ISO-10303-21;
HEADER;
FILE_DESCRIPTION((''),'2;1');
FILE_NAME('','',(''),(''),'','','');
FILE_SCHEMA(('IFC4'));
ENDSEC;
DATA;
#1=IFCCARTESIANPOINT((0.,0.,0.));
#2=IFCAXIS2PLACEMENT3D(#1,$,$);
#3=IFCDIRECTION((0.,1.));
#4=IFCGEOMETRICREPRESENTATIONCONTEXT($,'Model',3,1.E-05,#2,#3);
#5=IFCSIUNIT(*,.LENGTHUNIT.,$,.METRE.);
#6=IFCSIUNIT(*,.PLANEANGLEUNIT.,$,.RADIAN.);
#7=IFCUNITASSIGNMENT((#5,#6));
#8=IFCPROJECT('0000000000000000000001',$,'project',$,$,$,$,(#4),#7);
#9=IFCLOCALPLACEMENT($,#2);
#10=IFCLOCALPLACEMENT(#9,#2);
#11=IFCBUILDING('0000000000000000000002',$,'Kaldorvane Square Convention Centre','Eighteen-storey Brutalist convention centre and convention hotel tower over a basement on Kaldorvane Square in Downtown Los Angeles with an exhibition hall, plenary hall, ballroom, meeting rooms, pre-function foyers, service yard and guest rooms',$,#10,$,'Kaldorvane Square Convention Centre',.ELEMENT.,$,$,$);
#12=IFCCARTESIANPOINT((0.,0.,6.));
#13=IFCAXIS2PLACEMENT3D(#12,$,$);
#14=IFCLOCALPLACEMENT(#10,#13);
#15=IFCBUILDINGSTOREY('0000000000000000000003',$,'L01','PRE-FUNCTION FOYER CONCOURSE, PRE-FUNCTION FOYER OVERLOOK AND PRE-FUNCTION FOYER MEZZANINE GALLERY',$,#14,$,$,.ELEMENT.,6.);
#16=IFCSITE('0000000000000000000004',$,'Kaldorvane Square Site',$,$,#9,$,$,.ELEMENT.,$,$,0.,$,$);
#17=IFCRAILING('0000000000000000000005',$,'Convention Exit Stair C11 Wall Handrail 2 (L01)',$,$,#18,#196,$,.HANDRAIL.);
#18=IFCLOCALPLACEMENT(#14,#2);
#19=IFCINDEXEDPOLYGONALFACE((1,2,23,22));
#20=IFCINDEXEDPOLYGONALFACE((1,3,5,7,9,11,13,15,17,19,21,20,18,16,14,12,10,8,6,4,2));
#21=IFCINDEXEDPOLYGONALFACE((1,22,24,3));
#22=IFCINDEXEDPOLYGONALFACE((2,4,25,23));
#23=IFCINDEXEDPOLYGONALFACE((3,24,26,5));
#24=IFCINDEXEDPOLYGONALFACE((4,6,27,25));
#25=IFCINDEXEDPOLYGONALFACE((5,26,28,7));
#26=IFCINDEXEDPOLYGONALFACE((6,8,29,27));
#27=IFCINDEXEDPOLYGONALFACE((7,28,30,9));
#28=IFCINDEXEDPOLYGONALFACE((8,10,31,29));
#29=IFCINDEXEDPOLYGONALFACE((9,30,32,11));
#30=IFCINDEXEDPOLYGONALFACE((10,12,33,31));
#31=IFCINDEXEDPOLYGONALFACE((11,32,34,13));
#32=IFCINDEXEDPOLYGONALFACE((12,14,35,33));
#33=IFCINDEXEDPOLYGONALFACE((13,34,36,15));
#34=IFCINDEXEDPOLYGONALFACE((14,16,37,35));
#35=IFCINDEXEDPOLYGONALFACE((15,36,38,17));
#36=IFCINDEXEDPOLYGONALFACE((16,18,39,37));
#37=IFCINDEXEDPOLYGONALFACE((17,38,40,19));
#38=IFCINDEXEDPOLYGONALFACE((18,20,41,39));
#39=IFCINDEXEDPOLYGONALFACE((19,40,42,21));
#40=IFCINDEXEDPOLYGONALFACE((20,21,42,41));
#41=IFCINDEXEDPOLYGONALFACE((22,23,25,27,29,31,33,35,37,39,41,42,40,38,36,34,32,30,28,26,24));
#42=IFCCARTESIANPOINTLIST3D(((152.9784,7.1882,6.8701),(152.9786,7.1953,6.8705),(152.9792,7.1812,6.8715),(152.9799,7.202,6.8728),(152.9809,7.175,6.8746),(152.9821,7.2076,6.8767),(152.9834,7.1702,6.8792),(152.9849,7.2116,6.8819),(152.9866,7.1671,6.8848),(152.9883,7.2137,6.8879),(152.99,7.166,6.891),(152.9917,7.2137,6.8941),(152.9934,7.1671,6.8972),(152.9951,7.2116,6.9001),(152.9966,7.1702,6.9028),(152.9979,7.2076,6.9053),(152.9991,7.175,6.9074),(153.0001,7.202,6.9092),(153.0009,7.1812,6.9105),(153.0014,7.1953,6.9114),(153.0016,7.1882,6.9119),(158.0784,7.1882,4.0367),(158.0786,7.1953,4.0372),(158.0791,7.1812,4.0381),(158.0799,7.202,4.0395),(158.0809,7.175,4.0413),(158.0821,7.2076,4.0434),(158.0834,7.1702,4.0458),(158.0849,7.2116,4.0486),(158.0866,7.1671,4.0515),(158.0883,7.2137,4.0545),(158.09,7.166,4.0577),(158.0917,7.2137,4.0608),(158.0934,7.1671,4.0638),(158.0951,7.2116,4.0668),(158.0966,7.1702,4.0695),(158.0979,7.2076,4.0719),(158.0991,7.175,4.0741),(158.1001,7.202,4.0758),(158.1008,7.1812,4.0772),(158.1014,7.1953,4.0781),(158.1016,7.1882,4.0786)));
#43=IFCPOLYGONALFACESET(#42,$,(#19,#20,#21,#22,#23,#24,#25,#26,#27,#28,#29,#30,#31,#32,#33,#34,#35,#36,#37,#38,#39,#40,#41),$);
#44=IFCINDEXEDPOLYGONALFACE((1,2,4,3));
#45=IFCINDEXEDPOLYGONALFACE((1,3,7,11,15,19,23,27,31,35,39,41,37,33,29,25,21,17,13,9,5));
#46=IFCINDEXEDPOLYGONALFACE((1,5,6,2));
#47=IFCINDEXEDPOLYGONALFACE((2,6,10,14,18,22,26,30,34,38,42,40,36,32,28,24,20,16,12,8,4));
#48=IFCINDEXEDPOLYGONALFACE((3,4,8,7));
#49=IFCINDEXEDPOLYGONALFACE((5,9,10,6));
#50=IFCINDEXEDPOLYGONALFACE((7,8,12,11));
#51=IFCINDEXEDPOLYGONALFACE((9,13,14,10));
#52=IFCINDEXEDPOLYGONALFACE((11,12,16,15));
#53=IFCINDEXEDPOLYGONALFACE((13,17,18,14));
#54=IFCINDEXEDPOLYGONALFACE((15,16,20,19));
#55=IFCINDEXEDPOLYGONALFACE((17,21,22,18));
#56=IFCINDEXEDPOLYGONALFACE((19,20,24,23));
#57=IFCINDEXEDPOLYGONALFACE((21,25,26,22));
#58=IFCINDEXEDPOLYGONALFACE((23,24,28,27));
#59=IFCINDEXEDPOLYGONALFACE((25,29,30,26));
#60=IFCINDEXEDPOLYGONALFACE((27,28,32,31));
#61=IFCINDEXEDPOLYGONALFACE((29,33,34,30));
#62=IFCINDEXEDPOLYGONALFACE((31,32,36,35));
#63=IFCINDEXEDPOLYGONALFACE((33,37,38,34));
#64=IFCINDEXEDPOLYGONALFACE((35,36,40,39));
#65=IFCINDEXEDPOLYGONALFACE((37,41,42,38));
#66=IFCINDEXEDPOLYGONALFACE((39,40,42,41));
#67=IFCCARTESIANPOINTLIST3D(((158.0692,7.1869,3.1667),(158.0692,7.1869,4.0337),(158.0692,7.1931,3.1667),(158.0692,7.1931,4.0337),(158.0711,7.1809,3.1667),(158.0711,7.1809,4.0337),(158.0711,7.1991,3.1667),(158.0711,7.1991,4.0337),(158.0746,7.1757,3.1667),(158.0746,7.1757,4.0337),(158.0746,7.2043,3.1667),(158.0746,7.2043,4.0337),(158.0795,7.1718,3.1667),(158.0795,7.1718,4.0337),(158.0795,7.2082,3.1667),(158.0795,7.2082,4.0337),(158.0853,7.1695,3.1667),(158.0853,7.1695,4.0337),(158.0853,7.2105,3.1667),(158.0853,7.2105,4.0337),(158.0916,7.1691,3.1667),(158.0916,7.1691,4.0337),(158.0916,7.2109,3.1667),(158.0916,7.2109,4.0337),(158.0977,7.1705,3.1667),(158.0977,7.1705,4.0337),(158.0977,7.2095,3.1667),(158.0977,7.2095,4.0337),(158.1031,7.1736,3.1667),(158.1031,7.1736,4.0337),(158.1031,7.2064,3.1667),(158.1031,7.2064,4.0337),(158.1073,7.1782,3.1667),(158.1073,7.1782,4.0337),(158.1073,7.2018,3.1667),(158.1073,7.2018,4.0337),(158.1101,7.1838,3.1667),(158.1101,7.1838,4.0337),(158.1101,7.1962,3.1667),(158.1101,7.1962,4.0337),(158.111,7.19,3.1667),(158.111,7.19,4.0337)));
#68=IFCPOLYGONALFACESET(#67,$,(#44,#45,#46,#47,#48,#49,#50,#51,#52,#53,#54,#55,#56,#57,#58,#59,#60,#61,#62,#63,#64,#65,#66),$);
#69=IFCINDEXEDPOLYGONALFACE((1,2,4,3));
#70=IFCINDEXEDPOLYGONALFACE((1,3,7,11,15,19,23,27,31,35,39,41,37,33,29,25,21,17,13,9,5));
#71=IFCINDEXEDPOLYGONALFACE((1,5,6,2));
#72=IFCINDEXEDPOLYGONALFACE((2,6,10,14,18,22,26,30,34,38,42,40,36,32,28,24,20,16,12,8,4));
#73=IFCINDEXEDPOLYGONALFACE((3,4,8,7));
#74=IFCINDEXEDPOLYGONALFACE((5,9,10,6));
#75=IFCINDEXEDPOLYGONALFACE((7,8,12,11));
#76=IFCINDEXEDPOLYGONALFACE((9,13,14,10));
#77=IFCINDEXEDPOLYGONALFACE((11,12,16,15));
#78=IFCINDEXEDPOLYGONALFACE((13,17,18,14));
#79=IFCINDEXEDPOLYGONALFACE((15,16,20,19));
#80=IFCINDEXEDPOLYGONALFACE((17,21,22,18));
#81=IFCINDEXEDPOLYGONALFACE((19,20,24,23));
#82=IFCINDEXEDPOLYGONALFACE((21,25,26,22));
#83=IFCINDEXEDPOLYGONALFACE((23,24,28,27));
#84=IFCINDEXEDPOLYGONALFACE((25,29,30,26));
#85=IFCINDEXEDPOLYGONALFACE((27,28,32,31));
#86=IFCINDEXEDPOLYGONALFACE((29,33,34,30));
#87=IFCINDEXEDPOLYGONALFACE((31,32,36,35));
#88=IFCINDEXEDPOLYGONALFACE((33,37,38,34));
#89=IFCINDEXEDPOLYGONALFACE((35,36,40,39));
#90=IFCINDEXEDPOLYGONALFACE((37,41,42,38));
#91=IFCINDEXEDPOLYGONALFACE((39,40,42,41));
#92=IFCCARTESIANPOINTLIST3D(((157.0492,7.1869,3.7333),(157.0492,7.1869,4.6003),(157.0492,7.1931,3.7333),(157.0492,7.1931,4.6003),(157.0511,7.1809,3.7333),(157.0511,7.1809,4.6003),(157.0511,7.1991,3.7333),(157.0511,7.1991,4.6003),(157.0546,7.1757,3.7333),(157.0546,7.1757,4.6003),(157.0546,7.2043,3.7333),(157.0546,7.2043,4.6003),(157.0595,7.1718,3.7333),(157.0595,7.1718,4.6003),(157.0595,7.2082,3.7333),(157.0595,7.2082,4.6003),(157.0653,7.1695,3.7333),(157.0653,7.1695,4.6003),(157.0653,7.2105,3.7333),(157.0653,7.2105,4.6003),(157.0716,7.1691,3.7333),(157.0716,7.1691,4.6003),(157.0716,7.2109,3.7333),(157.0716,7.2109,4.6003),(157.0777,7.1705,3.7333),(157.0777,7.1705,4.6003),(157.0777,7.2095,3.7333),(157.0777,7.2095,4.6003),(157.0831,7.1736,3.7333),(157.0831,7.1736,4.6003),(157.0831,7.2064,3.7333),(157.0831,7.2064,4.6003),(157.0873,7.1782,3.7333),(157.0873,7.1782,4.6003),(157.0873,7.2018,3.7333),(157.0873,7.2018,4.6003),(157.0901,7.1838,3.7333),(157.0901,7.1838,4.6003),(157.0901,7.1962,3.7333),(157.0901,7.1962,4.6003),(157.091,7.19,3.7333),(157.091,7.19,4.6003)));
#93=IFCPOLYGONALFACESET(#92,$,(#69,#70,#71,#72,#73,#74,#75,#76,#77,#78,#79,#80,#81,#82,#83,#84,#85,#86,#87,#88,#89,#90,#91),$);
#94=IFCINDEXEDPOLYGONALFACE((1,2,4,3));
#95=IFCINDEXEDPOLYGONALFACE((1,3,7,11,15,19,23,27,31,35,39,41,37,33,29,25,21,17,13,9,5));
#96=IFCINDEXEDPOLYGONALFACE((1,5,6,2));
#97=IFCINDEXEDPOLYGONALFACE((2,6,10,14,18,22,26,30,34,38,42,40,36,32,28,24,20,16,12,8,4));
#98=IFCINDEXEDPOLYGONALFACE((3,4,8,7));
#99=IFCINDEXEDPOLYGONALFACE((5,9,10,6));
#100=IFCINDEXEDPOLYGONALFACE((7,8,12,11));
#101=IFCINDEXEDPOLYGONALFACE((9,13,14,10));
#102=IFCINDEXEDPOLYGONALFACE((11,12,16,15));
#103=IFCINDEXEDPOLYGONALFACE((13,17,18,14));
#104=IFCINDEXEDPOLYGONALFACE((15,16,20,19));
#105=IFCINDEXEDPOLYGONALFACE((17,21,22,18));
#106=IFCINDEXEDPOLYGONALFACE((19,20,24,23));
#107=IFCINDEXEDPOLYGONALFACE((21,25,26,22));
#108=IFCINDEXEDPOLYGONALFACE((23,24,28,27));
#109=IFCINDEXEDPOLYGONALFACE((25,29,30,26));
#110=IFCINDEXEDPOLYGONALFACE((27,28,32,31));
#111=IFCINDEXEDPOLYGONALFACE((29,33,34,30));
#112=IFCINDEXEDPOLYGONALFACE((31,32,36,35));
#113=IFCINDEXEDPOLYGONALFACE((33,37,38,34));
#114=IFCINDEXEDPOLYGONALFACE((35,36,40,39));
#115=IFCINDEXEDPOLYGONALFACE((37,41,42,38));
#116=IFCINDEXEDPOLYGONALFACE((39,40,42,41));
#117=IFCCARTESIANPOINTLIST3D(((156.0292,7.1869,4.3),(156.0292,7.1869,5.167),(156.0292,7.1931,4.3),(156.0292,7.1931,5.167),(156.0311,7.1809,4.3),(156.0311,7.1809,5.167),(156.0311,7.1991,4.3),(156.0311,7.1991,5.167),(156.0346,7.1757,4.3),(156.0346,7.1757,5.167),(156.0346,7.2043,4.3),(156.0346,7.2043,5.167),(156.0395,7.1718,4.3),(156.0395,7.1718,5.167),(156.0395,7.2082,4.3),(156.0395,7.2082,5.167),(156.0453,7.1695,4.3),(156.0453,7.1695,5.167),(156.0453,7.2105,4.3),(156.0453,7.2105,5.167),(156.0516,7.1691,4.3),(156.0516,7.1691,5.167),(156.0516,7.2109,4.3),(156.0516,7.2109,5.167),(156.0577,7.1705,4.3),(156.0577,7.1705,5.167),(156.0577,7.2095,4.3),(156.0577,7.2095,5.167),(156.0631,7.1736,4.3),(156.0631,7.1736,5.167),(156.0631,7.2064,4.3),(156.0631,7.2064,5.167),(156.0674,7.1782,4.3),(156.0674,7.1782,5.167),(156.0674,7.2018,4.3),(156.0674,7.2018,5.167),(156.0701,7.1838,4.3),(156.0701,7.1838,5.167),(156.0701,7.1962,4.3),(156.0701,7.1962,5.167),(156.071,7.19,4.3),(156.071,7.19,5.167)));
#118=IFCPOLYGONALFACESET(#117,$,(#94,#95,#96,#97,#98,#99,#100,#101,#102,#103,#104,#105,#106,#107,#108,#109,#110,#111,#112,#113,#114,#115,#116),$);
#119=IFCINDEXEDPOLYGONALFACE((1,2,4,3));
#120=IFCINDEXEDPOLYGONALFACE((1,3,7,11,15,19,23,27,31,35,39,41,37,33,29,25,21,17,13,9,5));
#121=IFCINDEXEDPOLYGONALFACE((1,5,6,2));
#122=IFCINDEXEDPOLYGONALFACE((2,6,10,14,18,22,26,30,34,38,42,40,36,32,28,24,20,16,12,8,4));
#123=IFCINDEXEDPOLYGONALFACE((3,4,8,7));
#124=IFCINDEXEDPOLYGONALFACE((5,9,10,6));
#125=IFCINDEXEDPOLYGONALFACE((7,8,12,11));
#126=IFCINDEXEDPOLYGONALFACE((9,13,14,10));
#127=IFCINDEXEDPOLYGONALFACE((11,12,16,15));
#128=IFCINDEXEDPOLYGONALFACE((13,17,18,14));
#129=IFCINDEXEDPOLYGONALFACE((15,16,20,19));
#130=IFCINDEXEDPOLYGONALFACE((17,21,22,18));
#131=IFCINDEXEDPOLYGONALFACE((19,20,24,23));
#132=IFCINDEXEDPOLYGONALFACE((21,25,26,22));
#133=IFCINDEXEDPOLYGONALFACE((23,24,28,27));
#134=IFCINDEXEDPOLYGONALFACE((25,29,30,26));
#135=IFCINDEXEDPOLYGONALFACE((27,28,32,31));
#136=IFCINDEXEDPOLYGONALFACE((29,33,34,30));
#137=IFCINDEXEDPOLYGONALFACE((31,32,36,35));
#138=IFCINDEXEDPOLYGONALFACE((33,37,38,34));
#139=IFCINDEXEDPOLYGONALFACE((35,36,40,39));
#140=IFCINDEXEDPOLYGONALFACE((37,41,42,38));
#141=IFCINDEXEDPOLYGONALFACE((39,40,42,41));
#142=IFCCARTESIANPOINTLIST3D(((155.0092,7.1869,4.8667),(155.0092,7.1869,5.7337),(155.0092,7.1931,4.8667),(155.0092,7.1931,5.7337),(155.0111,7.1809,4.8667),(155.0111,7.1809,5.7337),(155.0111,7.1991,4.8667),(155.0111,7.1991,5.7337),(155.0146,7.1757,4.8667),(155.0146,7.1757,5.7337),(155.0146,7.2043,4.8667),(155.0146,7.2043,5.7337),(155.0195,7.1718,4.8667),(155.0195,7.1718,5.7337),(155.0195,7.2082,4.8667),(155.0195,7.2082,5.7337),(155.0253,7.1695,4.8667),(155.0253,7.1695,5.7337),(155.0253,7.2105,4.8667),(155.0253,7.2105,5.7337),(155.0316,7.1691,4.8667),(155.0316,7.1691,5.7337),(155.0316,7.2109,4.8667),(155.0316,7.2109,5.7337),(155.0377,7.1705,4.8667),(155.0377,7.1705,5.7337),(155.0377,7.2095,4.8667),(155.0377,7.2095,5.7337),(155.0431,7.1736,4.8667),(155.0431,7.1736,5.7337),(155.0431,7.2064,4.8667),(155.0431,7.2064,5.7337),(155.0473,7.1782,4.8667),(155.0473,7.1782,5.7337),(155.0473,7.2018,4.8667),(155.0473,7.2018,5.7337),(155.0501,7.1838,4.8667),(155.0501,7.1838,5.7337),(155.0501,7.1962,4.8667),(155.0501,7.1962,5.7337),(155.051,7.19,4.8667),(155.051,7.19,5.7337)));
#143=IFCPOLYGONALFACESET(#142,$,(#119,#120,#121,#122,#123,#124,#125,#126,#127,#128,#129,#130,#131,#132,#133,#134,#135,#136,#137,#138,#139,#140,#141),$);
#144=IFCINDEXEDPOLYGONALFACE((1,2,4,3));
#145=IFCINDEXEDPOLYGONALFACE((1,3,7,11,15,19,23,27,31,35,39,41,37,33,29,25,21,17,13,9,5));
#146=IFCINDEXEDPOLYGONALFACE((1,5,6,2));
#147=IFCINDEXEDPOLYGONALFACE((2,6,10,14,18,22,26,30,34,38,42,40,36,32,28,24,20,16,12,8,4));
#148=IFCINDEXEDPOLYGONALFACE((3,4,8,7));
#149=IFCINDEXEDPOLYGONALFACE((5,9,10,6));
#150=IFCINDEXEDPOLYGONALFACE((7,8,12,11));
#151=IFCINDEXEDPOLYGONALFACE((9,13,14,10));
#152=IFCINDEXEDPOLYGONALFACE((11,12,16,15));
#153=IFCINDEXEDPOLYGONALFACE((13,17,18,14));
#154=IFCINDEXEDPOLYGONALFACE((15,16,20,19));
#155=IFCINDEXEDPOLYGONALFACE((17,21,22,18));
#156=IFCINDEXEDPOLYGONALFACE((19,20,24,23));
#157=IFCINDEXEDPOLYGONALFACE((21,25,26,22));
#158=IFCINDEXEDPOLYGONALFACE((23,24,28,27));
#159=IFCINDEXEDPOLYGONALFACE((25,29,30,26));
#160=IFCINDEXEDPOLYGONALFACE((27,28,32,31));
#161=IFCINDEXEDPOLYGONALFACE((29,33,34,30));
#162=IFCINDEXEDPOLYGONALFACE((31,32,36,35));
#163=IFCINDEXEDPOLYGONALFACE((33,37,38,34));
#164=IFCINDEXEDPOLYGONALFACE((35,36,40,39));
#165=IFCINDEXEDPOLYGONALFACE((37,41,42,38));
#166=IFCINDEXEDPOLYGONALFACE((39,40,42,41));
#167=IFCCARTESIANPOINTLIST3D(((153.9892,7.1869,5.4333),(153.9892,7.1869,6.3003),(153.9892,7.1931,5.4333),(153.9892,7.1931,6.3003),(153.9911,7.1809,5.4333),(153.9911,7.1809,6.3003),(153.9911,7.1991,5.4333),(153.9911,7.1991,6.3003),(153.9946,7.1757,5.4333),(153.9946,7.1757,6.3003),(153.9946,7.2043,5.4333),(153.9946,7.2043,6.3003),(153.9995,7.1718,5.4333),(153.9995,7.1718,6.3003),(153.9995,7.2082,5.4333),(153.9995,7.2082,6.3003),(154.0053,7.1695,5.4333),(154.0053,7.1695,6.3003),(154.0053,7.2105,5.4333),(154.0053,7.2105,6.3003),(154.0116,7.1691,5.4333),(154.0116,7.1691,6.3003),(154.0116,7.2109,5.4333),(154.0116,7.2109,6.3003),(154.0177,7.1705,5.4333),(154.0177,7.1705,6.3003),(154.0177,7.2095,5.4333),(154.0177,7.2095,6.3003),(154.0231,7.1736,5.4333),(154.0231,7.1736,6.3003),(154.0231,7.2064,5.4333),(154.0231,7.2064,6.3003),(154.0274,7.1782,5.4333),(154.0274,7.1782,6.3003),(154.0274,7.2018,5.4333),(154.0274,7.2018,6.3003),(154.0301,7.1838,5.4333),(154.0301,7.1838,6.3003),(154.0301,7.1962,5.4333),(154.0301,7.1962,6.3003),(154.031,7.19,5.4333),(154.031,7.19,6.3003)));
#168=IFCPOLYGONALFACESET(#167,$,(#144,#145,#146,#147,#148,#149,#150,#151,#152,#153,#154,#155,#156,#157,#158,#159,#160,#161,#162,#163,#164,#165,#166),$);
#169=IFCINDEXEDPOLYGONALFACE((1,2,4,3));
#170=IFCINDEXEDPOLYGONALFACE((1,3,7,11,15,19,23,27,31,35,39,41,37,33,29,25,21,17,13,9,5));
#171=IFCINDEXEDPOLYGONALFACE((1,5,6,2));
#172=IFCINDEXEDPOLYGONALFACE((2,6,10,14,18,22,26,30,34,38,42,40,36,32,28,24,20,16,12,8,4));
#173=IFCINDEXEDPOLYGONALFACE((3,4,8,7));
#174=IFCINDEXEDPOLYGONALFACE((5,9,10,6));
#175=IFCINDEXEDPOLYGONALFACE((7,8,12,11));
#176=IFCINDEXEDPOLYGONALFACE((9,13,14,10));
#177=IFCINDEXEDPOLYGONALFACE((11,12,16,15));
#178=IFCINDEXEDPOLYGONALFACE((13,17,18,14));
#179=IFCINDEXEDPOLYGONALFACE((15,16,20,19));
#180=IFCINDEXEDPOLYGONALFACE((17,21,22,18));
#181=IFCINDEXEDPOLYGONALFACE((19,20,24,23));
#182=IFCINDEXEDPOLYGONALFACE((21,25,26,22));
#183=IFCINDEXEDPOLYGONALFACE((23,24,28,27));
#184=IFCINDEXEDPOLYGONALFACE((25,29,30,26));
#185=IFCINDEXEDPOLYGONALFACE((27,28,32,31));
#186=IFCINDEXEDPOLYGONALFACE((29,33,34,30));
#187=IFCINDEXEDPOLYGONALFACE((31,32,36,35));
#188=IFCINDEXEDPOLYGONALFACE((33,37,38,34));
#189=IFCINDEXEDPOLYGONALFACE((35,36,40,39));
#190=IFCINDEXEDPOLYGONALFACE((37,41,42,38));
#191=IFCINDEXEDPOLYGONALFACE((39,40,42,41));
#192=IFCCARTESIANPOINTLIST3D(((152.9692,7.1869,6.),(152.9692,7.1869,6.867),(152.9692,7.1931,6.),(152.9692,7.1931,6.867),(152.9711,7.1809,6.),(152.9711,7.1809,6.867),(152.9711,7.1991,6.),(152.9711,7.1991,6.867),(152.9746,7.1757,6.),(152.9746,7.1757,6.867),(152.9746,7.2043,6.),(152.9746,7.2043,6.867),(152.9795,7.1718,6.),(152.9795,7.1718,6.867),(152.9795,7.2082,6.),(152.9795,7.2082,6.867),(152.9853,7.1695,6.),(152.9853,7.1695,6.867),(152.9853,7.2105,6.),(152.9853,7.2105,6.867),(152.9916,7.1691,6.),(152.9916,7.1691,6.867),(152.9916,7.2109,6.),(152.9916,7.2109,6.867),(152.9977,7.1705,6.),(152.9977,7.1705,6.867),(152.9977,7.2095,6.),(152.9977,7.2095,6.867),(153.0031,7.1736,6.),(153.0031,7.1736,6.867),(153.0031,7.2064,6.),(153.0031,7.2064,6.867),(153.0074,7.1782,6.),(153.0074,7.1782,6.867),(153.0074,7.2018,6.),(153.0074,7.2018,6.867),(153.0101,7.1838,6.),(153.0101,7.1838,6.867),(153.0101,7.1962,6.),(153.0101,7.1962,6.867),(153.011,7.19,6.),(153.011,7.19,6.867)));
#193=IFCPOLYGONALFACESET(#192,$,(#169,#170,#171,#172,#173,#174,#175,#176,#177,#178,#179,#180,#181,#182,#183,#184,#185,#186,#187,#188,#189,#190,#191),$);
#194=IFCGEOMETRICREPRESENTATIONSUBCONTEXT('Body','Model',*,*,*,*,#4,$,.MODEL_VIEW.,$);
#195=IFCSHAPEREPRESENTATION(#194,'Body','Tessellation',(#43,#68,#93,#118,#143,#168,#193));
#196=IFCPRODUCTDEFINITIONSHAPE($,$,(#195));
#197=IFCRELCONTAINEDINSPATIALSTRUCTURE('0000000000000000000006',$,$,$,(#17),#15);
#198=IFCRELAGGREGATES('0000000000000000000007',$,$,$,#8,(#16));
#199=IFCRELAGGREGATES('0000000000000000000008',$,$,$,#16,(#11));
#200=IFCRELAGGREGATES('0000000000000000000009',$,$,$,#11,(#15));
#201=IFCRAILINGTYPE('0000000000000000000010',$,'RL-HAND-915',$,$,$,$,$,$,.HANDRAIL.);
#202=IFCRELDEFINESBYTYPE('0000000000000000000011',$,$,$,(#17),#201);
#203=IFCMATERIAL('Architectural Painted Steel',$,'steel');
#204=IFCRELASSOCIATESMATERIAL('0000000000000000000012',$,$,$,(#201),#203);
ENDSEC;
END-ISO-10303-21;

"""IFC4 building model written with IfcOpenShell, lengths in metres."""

from ifc_helpers import new_model, si_unit, direction, frame, origin, origin_2d, place, context, subcontext, project, spatial, circle, extrude, material, type_object, element, save


model = new_model("IFC4")

# Units and contexts
model_context = context("Model", 3, precision=1e-05, world=origin(), true_north=direction((0.0, 1.0)))
body_context = subcontext(model_context, "Body", "Model", "MODEL_VIEW")
ifc_project = project(units=[si_unit("LENGTHUNIT", "METRE"), si_unit("PLANEANGLEUNIT", "RADIAN")], contexts=[model_context])

# Site, building, storey
site_placement = place(None, origin())
site = spatial("IfcSite", under=ifc_project, at=site_placement, Name="Kaldorvane Square Site", CompositionType="ELEMENT", RefElevation=0.0)
building_placement = place(site_placement, origin())
building = spatial("IfcBuilding", under=site, at=building_placement, Name="Kaldorvane Square Convention Centre", Description="Eighteen-storey Brutalist convention centre and convention hotel tower over a basement on Kaldorvane Square in Downtown Los Angeles with an exhibition hall, plenary hall, ballroom, meeting rooms, pre-function foyers, service yard and guest rooms", LongName="Kaldorvane Square Convention Centre", CompositionType="ELEMENT")
storey_placement = place(building_placement, frame((0.0, 0.0, 6.0)))
storey = spatial("IfcBuildingStorey", under=building, at=storey_placement, Name="L01", Description="PRE-FUNCTION FOYER CONCOURSE, PRE-FUNCTION FOYER OVERLOOK AND PRE-FUNCTION FOYER MEZZANINE GALLERY", CompositionType="ELEMENT", Elevation=6.0)

# Railing
ifc_material_1 = material(Name="Architectural Painted Steel", Category="steel")
railing_type_1 = type_object("IfcRailingType", Name="RL-HAND-915", PredefinedType="HANDRAIL", material=ifc_material_1)
railing_1_placement = place(storey_placement, frame((158.09, 7.19, 3.1667)))
element("IfcRailing", 1, at=railing_1_placement, inside=storey, type_object=railing_type_1, Name="Convention Exit Stair C11 Wall Handrail 2 (L01)", PredefinedType="HANDRAIL", context=body_context, shape_type="SweptSolid", body=[
    extrude(circle(Radius=0.024, at=origin_2d()), frame((0.0, 0.0, 0.891), z_axis=(-0.874157, 0.0, 0.485643), x_axis=(0.0, -1.0, 0.0)), (0.0, 0.0, 1.0), 5.8342),
    extrude(circle(Radius=0.021, at=origin_2d()), origin(), (0.0, 0.0, 1.0), 0.867),
    extrude(circle(Radius=0.021, at=origin_2d()), frame((-1.02, 0.0, 0.5667)), (0.0, 0.0, 1.0), 0.867),
    extrude(circle(Radius=0.021, at=origin_2d()), frame((-2.04, 0.0, 1.1333)), (0.0, 0.0, 1.0), 0.867),
    extrude(circle(Radius=0.021, at=origin_2d()), frame((-3.06, 0.0, 1.7)), (0.0, 0.0, 1.0), 0.867),
    extrude(circle(Radius=0.021, at=origin_2d()), frame((-4.08, 0.0, 2.2667)), (0.0, 0.0, 1.0), 0.867),
    extrude(circle(Radius=0.021, at=origin_2d()), frame((-5.1, 0.0, 2.8333)), (0.0, 0.0, 1.0), 0.867),
])

save(model, "model.ifc")
